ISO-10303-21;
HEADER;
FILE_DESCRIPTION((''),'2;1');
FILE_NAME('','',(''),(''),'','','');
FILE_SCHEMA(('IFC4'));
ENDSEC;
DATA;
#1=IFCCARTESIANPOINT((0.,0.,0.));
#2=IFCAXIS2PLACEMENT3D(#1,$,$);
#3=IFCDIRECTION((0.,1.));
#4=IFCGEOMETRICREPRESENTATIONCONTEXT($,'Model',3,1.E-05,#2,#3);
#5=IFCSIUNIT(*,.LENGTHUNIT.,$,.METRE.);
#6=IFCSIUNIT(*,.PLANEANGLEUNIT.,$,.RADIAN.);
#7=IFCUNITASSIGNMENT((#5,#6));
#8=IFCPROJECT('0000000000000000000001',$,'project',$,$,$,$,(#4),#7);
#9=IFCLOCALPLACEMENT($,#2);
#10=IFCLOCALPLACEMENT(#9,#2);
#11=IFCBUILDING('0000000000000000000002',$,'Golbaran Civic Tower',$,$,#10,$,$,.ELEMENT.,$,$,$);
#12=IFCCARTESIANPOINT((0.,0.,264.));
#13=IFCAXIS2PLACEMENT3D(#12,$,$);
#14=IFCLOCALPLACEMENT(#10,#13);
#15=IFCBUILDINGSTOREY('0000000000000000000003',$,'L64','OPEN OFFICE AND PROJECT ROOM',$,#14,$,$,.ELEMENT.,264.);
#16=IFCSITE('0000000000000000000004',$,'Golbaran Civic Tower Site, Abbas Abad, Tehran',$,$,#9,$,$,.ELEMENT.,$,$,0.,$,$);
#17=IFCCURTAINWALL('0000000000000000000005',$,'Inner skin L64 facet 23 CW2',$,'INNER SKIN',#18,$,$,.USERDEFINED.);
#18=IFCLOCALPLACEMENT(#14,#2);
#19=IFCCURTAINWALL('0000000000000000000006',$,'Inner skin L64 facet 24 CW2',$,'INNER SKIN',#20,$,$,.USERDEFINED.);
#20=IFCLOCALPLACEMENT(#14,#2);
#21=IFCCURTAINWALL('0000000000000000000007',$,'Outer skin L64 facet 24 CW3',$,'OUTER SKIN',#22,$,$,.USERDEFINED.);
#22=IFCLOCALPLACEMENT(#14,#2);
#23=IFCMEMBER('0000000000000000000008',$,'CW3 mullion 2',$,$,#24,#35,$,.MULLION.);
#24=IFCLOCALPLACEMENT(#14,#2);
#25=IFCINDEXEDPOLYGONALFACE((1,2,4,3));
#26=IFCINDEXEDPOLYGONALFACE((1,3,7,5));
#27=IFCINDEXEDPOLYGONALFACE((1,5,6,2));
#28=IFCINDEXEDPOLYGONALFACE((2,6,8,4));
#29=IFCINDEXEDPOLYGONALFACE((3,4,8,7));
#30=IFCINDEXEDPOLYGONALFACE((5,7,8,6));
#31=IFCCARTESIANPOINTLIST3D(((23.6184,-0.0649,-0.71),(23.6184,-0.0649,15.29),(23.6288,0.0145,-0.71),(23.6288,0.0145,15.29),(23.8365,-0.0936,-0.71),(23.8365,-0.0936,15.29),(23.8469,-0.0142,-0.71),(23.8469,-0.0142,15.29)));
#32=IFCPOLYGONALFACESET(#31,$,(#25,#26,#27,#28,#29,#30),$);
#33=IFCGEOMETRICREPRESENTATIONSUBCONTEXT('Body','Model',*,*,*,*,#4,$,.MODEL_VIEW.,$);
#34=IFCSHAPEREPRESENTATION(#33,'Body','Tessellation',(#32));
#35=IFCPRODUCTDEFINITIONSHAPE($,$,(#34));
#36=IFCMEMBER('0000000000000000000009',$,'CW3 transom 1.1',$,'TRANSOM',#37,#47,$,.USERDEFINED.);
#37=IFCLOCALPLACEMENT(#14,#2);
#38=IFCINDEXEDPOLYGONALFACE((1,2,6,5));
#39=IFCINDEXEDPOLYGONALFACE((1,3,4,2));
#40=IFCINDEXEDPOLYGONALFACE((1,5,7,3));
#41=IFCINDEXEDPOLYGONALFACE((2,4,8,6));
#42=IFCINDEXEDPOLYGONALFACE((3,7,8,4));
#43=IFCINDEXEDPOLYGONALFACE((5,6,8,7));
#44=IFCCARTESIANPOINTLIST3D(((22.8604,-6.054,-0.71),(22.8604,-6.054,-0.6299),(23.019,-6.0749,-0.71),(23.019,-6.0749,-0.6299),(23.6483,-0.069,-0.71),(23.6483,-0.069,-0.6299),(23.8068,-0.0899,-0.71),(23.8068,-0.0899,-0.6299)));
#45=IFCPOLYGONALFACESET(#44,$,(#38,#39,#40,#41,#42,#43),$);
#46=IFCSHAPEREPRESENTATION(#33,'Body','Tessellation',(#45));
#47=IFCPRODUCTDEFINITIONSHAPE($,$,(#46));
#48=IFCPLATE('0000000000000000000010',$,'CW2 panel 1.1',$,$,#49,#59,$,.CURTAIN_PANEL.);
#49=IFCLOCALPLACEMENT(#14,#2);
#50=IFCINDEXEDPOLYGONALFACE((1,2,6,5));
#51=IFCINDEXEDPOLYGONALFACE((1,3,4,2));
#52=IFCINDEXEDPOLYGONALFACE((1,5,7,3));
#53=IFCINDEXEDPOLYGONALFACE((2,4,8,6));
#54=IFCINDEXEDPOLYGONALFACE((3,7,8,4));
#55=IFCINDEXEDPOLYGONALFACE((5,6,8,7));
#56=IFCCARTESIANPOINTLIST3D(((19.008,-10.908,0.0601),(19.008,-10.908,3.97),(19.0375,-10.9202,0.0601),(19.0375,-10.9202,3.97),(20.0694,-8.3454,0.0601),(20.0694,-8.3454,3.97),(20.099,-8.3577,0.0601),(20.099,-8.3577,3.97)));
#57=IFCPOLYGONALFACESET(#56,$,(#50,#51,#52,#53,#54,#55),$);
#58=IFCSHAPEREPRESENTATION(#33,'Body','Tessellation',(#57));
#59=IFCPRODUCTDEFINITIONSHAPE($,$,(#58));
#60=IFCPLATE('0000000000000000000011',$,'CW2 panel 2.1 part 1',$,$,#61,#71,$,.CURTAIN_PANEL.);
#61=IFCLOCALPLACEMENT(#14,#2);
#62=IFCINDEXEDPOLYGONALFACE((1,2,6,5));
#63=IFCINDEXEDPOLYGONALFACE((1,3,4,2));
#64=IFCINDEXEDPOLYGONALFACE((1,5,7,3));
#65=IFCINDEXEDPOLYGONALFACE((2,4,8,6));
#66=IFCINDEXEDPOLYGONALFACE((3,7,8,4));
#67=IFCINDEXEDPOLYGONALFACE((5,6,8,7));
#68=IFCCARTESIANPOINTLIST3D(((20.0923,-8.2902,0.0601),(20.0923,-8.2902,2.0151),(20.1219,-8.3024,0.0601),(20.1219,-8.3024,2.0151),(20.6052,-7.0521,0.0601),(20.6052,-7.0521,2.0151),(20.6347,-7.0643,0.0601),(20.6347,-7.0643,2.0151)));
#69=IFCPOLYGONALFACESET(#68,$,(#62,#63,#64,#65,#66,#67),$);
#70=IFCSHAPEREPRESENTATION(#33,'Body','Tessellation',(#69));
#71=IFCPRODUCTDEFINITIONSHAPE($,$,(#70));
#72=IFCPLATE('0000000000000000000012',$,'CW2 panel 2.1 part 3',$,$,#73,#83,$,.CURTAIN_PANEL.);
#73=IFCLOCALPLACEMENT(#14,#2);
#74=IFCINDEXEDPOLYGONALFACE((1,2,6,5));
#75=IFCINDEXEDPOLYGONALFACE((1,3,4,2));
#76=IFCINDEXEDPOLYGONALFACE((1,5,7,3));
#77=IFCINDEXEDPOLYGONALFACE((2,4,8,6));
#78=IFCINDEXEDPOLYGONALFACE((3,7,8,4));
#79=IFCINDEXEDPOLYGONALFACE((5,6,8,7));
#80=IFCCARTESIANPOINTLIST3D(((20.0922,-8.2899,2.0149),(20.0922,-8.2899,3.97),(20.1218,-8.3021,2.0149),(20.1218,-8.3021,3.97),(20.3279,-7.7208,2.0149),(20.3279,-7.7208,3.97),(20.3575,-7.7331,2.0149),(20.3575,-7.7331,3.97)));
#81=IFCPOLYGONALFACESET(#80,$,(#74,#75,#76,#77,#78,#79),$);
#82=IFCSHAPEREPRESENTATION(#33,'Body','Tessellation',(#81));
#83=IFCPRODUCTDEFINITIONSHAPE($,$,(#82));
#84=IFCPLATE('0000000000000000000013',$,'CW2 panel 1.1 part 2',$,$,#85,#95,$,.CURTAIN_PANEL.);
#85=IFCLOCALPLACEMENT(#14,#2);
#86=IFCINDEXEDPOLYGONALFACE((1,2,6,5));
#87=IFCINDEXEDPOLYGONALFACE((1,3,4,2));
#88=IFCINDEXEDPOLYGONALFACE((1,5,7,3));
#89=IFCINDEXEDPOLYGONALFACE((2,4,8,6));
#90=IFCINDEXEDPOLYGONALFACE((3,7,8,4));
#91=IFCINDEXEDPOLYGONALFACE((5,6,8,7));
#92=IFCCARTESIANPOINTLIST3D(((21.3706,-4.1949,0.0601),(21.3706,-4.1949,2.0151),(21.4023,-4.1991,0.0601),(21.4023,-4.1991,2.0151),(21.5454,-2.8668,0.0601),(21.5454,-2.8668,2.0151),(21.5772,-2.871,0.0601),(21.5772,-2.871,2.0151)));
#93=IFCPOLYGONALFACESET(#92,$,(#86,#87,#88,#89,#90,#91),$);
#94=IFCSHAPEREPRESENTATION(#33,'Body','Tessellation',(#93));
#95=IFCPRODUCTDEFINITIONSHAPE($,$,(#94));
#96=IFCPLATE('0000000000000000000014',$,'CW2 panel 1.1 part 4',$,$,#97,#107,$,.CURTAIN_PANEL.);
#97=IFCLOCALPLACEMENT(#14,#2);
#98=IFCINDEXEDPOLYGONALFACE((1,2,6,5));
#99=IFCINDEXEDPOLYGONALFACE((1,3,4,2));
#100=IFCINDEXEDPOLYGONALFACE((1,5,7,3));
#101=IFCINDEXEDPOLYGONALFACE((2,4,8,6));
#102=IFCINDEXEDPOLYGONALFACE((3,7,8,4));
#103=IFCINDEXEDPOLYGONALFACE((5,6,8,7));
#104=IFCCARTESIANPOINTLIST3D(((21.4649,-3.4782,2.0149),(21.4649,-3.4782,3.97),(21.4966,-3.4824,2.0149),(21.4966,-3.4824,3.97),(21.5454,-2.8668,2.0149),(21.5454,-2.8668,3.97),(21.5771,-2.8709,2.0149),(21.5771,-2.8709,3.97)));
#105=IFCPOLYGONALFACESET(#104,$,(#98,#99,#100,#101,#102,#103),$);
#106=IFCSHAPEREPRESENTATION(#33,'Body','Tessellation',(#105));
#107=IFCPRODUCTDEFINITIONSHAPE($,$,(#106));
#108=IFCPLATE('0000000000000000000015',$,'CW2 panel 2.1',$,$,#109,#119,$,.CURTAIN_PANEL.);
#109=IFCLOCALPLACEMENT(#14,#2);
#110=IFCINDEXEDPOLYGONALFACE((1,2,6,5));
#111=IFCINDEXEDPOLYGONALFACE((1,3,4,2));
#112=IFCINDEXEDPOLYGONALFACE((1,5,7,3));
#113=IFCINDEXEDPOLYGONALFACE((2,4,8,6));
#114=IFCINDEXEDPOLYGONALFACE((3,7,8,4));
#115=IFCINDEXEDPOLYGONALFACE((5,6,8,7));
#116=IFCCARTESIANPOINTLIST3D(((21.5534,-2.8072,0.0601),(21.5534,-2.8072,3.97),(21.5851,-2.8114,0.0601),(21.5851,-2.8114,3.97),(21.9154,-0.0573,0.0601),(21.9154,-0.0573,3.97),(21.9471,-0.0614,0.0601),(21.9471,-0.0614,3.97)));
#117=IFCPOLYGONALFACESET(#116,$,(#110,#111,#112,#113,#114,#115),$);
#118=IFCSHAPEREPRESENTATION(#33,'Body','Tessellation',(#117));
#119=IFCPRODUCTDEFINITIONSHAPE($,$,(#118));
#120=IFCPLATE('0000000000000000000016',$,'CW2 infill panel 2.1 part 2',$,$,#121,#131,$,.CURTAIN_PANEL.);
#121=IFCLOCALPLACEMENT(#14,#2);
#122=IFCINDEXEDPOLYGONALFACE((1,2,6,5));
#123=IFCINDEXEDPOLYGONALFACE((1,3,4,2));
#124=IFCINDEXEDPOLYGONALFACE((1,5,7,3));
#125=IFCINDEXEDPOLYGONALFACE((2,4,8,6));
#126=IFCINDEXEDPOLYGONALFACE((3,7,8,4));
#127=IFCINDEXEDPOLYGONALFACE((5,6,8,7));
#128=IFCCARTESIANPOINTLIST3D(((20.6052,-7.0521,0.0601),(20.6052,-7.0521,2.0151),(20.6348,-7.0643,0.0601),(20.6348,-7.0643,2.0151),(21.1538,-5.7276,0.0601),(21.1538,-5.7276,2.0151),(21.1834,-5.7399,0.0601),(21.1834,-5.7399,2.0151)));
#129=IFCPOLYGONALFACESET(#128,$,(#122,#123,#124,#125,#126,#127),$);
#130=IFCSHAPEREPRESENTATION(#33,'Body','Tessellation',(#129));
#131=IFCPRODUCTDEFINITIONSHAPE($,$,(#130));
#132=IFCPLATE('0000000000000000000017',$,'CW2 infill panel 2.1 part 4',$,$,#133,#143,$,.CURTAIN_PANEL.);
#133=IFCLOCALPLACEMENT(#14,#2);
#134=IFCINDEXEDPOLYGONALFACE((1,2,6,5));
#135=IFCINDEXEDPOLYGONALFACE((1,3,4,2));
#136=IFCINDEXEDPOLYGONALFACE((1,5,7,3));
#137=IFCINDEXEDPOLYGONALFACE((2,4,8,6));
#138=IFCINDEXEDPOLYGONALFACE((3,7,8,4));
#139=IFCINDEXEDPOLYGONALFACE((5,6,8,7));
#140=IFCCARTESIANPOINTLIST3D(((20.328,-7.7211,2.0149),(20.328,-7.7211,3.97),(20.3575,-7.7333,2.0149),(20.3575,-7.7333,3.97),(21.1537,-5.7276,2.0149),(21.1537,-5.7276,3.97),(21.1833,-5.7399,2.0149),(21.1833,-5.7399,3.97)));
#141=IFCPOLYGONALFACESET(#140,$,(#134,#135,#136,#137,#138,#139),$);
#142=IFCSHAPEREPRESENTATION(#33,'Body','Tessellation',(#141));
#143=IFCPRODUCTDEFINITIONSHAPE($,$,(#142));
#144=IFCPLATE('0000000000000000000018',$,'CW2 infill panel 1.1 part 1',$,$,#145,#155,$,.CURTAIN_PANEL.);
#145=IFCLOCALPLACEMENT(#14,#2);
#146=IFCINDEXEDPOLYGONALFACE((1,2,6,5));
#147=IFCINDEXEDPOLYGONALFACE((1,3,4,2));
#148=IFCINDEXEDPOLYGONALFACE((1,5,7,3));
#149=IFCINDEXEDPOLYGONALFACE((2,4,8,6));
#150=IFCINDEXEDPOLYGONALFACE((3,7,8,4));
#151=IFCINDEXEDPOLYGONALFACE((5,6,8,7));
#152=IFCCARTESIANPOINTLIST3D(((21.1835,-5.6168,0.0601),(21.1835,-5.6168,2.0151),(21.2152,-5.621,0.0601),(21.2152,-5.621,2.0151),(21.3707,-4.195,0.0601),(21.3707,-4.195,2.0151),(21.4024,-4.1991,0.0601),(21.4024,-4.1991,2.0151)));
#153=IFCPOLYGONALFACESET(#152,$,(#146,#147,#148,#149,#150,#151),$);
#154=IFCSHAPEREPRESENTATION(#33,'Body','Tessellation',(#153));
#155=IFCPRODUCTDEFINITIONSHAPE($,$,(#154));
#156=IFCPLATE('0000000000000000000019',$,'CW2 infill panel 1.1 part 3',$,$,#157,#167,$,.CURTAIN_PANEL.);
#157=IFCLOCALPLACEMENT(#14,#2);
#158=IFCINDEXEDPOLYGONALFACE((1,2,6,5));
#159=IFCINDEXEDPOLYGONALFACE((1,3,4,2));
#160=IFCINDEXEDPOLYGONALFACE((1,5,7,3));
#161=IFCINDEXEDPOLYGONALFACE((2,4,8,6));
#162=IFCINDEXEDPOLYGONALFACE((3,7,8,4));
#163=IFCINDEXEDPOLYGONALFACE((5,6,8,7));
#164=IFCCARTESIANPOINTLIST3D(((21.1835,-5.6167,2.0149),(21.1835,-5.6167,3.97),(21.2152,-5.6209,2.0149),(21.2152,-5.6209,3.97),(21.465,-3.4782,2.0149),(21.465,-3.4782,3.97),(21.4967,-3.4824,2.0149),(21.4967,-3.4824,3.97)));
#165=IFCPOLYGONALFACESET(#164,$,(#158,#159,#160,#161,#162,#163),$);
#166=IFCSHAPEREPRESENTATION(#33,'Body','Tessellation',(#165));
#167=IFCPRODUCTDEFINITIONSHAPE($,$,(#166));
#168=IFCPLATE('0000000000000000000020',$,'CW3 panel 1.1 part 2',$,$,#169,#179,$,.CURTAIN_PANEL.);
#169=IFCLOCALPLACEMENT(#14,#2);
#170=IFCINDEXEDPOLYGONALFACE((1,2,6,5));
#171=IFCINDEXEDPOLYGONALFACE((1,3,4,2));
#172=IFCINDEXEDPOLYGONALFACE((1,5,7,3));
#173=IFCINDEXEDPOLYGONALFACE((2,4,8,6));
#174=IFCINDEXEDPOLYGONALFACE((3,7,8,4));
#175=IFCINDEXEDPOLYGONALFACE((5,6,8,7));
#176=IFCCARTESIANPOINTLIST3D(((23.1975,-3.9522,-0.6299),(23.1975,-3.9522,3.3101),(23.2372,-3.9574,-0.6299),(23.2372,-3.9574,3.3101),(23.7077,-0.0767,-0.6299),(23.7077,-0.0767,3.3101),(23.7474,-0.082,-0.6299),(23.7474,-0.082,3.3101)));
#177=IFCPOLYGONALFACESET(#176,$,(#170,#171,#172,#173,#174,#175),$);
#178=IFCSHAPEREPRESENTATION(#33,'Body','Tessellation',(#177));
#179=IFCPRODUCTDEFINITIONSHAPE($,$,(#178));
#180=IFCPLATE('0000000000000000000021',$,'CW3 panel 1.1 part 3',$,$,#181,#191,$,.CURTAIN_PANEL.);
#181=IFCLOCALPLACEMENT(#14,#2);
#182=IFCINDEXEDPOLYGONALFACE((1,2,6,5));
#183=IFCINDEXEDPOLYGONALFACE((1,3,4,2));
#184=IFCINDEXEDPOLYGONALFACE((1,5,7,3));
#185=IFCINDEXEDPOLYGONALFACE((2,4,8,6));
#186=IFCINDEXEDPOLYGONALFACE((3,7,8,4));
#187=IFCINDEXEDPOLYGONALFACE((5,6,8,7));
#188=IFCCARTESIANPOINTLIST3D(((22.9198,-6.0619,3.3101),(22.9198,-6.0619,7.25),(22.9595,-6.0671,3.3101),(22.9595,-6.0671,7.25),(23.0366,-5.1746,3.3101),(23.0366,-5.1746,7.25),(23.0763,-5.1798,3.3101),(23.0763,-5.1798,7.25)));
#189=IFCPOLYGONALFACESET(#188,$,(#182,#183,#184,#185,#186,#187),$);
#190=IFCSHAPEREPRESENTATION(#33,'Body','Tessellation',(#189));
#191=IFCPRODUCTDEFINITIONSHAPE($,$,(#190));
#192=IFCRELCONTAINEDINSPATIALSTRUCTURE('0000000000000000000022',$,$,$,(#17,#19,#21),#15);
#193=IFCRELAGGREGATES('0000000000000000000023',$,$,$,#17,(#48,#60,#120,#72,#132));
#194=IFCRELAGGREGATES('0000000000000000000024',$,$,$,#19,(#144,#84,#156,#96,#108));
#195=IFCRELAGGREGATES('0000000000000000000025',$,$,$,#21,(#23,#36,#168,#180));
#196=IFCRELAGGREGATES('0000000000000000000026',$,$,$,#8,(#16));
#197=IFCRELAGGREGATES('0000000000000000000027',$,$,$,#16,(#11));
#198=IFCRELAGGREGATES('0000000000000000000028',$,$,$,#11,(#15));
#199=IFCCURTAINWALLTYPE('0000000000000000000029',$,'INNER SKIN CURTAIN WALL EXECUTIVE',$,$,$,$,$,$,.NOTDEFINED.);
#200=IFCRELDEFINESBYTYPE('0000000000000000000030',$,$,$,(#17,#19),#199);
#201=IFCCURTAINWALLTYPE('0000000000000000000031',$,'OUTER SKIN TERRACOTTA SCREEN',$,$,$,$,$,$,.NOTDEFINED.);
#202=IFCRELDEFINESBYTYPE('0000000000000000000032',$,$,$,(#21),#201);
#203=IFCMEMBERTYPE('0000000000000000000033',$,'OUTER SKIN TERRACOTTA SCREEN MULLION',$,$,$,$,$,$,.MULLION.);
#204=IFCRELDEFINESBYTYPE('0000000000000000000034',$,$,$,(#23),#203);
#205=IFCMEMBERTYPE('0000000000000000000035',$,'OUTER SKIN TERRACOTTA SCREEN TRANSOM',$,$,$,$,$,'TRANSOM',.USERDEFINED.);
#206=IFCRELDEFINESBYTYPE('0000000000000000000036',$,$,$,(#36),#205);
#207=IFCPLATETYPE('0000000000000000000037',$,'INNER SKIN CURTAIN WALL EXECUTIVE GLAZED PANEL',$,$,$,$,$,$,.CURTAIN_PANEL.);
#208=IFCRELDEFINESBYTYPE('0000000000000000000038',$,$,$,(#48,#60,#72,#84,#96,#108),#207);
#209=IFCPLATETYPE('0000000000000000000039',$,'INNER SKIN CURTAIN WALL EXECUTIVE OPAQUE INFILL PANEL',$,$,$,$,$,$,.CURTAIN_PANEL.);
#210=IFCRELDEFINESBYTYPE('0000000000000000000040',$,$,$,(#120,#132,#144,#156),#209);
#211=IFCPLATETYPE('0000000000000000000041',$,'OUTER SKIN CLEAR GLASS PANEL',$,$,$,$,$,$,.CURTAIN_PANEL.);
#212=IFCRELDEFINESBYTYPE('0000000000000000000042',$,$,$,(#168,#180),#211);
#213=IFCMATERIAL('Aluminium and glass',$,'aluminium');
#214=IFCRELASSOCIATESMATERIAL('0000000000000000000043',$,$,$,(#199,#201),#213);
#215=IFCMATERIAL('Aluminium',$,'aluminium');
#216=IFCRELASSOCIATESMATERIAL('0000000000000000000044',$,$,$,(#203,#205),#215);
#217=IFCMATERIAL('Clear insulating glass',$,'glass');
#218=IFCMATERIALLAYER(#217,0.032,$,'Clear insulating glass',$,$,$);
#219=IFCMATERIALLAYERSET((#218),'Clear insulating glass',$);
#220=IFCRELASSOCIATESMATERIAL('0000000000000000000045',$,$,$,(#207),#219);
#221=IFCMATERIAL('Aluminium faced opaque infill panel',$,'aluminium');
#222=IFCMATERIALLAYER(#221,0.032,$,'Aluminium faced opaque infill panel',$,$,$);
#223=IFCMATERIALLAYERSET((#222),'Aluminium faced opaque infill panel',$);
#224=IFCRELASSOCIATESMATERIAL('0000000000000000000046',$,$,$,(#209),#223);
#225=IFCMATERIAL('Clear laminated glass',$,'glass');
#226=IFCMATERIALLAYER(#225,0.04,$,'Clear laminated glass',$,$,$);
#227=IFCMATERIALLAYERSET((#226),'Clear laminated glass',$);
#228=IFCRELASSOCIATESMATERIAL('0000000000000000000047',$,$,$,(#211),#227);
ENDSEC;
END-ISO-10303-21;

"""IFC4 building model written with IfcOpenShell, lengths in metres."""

from ifc_helpers import new_model, si_unit, direction, frame, origin, origin_2d, place, context, subcontext, project, spatial, rectangle, extrude, material, layer, layer_set, material_profile, profile_set, type_object, element, aggregate, save


model = new_model("IFC4")

# Units and contexts
model_context = context("Model", 3, precision=1e-05, world=origin(), true_north=direction((0.0, 1.0)))
body_context = subcontext(model_context, "Body", "Model", "MODEL_VIEW")
ifc_project = project(units=[si_unit("LENGTHUNIT", "METRE"), si_unit("PLANEANGLEUNIT", "RADIAN")], contexts=[model_context])

# Site, building, storey
site_placement = place(None, origin())
site = spatial("IfcSite", under=ifc_project, at=site_placement, Name="Golbaran Civic Tower Site, Abbas Abad, Tehran", CompositionType="ELEMENT", RefElevation=0.0)
building_placement = place(site_placement, origin())
building = spatial("IfcBuilding", under=site, at=building_placement, Name="Golbaran Civic Tower", CompositionType="ELEMENT")
storey_placement = place(building_placement, frame((0.0, 0.0, 264.0)))
storey = spatial("IfcBuildingStorey", under=building, at=storey_placement, Name="L64", Description="OPEN OFFICE AND PROJECT ROOM", CompositionType="ELEMENT", Elevation=264.0)

# Curtain walls
ifc_material_1 = material(Name="Aluminium and glass", Category="aluminium")
curtain_wall_type_1 = type_object("IfcCurtainWallType", Name="INNER SKIN CURTAIN WALL EXECUTIVE", PredefinedType="NOTDEFINED", material=ifc_material_1)
curtain_wall_1_placement = place(storey_placement, origin())
curtain_wall_1 = element("IfcCurtainWall", 1, at=curtain_wall_1_placement, inside=storey, type_object=curtain_wall_type_1, Name="Inner skin L64 facet 23 CW2", ObjectType="INNER SKIN", PredefinedType="USERDEFINED")
ifc_material_2 = material(Name="Aluminium", Category="aluminium")
curtain_wall_2_placement = place(storey_placement, origin())
curtain_wall_2 = element("IfcCurtainWall", 2, at=curtain_wall_2_placement, inside=storey, type_object=curtain_wall_type_1, Name="Inner skin L64 facet 24 CW2", ObjectType="INNER SKIN", PredefinedType="USERDEFINED")

# Shared definitions
curtain_wall_type_2 = type_object("IfcCurtainWallType", Name="OUTER SKIN TERRACOTTA SCREEN", PredefinedType="NOTDEFINED", material=ifc_material_1)
ifc_material_profile_1 = material_profile(ifc_material_2, rectangle(XDim=0.22, YDim=0.0801, at=origin_2d()), Name="OUTER SKIN TERRACOTTA SCREEN MULLION")
ifc_profile_set_1 = profile_set([ifc_material_profile_1], Name="Aluminium")
member_type_1 = type_object("IfcMemberType", Name="OUTER SKIN TERRACOTTA SCREEN MULLION", PredefinedType="MULLION", material=ifc_profile_set_1)

# Curtain wall, members
curtain_wall_3_placement = place(storey_placement, origin())
curtain_wall_3 = element("IfcCurtainWall", 3, at=curtain_wall_3_placement, inside=storey, type_object=curtain_wall_type_2, Name="Outer skin L64 facet 24 CW3", ObjectType="OUTER SKIN", PredefinedType="USERDEFINED")
member_1_placement = place(storey_placement, frame((23.7327, -0.0396, -0.71), z_axis=(0.0, 0.0, 1.0), x_axis=(-0.991445, 0.130526, 0.0)))
member_1 = element("IfcMember", 4, at=member_1_placement, type_object=member_type_1, Name="CW3 mullion 2", PredefinedType="MULLION", context=body_context, shape_type="SweptSolid", body=[
    extrude(rectangle(XDim=0.22, YDim=0.0801, at=origin_2d()), origin(), (0.0, 0.0, 1.0), 16.0),
])
ifc_material_profile_2 = material_profile(ifc_material_2, rectangle(XDim=0.1599, YDim=0.0801, at=origin_2d()), Name="OUTER SKIN TERRACOTTA SCREEN TRANSOM")
ifc_profile_set_2 = profile_set([ifc_material_profile_2], Name="Aluminium")
member_type_2 = type_object("IfcMemberType", Name="OUTER SKIN TERRACOTTA SCREEN TRANSOM", ElementType="TRANSOM", PredefinedType="USERDEFINED", material=ifc_profile_set_2)
member_2_placement = place(storey_placement, frame((22.9397, -6.0645, -0.6699), z_axis=(0.130508, 0.991447, 0.0), x_axis=(-0.991447, 0.130508, 0.0)))
member_2 = element("IfcMember", 5, at=member_2_placement, type_object=member_type_2, Name="CW3 transom 1.1", ObjectType="TRANSOM", PredefinedType="USERDEFINED", context=body_context, shape_type="SweptSolid", body=[
    extrude(rectangle(XDim=0.1599, YDim=0.0801, at=origin_2d()), origin(), (0.0, 0.0, 1.0), 6.0366),
])

# Plates
ifc_material_3 = material(Name="Clear insulating glass", Category="glass")
ifc_layer_1 = layer(ifc_material_3, 0.032, Name="Clear insulating glass")
ifc_layer_set_1 = layer_set([ifc_layer_1], Name="Clear insulating glass")
plate_type_1 = type_object("IfcPlateType", Name="INNER SKIN CURTAIN WALL EXECUTIVE GLAZED PANEL", PredefinedType="CURTAIN_PANEL", material=ifc_layer_set_1)
plate_1_placement = place(storey_placement, frame((19.5535, -9.6328, 0.0601), z_axis=(0.0, 0.0, 1.0), x_axis=(0.382683, 0.92388, 0.0)))
plate_1 = element("IfcPlate", 6, at=plate_1_placement, type_object=plate_type_1, Name="CW2 panel 1.1", PredefinedType="CURTAIN_PANEL", context=body_context, shape_type="SweptSolid", body=[
    extrude(rectangle(XDim=2.7737, YDim=0.032, at=origin_2d()), origin(), (0.0, 0.0, 1.0), 3.9099),
])
plate_2_placement = place(storey_placement, frame((20.3635, -7.6772, 0.0601), z_axis=(0.0, 0.0, 1.0), x_axis=(0.382683, 0.92388, 0.0)))
plate_2 = element("IfcPlate", 7, at=plate_2_placement, type_object=plate_type_1, Name="CW2 panel 2.1 part 1", PredefinedType="CURTAIN_PANEL", context=body_context, shape_type="SweptSolid", body=[
    extrude(rectangle(XDim=1.3401, YDim=0.032, at=origin_2d()), origin(), (0.0, 0.0, 1.0), 1.9551),
])
plate_3_placement = place(storey_placement, frame((20.2249, -8.0115, 2.0149), z_axis=(0.0, 0.0, 1.0), x_axis=(0.382683, 0.92388, 0.0)))
plate_3 = element("IfcPlate", 8, at=plate_3_placement, type_object=plate_type_1, Name="CW2 panel 2.1 part 3", PredefinedType="CURTAIN_PANEL", context=body_context, shape_type="SweptSolid", body=[
    extrude(rectangle(XDim=0.616, YDim=0.032, at=origin_2d()), origin(), (0.0, 0.0, 1.0), 1.9551),
])
plate_4_placement = place(storey_placement, frame((21.4739, -3.533, 0.0601), z_axis=(0.0, 0.0, 1.0), x_axis=(0.130526, 0.991445, 0.0)))
plate_4 = element("IfcPlate", 9, at=plate_4_placement, type_object=plate_type_1, Name="CW2 panel 1.1 part 2", PredefinedType="CURTAIN_PANEL", context=body_context, shape_type="SweptSolid", body=[
    extrude(rectangle(XDim=1.3396, YDim=0.032, at=origin_2d()), origin(), (0.0, 0.0, 1.0), 1.9551),
])
plate_5_placement = place(storey_placement, frame((21.521, -3.1746, 2.0149), z_axis=(0.0, 0.0, 1.0), x_axis=(0.130526, 0.991445, 0.0)))
plate_5 = element("IfcPlate", 10, at=plate_5_placement, type_object=plate_type_1, Name="CW2 panel 1.1 part 4", PredefinedType="CURTAIN_PANEL", context=body_context, shape_type="SweptSolid", body=[
    extrude(rectangle(XDim=0.6167, YDim=0.032, at=origin_2d()), origin(), (0.0, 0.0, 1.0), 1.9551),
])
plate_6_placement = place(storey_placement, frame((21.7502, -1.4343, 0.0601), z_axis=(0.0, 0.0, 1.0), x_axis=(0.130526, 0.991445, 0.0)))
plate_6 = element("IfcPlate", 11, at=plate_6_placement, type_object=plate_type_1, Name="CW2 panel 2.1", PredefinedType="CURTAIN_PANEL", context=body_context, shape_type="SweptSolid", body=[
    extrude(rectangle(XDim=2.7737, YDim=0.032, at=origin_2d()), origin(), (0.0, 0.0, 1.0), 3.9099),
])
ifc_material_4 = material(Name="Aluminium faced opaque infill panel", Category="aluminium")
ifc_layer_2 = layer(ifc_material_4, 0.032, Name="Aluminium faced opaque infill panel")
ifc_layer_set_2 = layer_set([ifc_layer_2], Name="Aluminium faced opaque infill panel")
plate_type_2 = type_object("IfcPlateType", Name="INNER SKIN CURTAIN WALL EXECUTIVE OPAQUE INFILL PANEL", PredefinedType="CURTAIN_PANEL", material=ifc_layer_set_2)
plate_7_placement = place(storey_placement, frame((20.8943, -6.396, 0.0601), z_axis=(0.0, 0.0, 1.0), x_axis=(0.382683, 0.92388, 0.0)))
plate_7 = element("IfcPlate", 12, at=plate_7_placement, type_object=plate_type_2, Name="CW2 infill panel 2.1 part 2", PredefinedType="CURTAIN_PANEL", context=body_context, shape_type="SweptSolid", body=[
    extrude(rectangle(XDim=1.4336, YDim=0.032, at=origin_2d()), origin(), (0.0, 0.0, 1.0), 1.9551),
])
plate_8_placement = place(storey_placement, frame((20.7556, -6.7305, 2.0149), z_axis=(0.0, 0.0, 1.0), x_axis=(0.382683, 0.92388, 0.0)))
plate_8 = element("IfcPlate", 13, at=plate_8_placement, type_object=plate_type_2, Name="CW2 infill panel 2.1 part 4", PredefinedType="CURTAIN_PANEL", context=body_context, shape_type="SweptSolid", body=[
    extrude(rectangle(XDim=2.1577, YDim=0.032, at=origin_2d()), origin(), (0.0, 0.0, 1.0), 1.9551),
])
aggregate(curtain_wall_1, [plate_1, plate_2, plate_7, plate_3, plate_8])
plate_9_placement = place(storey_placement, frame((21.293, -4.908, 0.0601), z_axis=(0.0, 0.0, 1.0), x_axis=(0.130526, 0.991445, 0.0)))
plate_9 = element("IfcPlate", 14, at=plate_9_placement, type_object=plate_type_2, Name="CW2 infill panel 1.1 part 1", PredefinedType="CURTAIN_PANEL", context=body_context, shape_type="SweptSolid", body=[
    extrude(rectangle(XDim=1.4341, YDim=0.032, at=origin_2d()), origin(), (0.0, 0.0, 1.0), 1.9551),
])
plate_10_placement = place(storey_placement, frame((21.3401, -4.5496, 2.0149), z_axis=(0.0, 0.0, 1.0), x_axis=(0.130526, 0.991445, 0.0)))
plate_10 = element("IfcPlate", 15, at=plate_10_placement, type_object=plate_type_2, Name="CW2 infill panel 1.1 part 3", PredefinedType="CURTAIN_PANEL", context=body_context, shape_type="SweptSolid", body=[
    extrude(rectangle(XDim=2.157, YDim=0.032, at=origin_2d()), origin(), (0.0, 0.0, 1.0), 1.9551),
])
aggregate(curtain_wall_2, [plate_9, plate_4, plate_10, plate_5, plate_6])
ifc_material_5 = material(Name="Clear laminated glass", Category="glass")
ifc_layer_3 = layer(ifc_material_5, 0.04, Name="Clear laminated glass")
ifc_layer_set_3 = layer_set([ifc_layer_3], Name="Clear laminated glass")
plate_type_3 = type_object("IfcPlateType", Name="OUTER SKIN CLEAR GLASS PANEL", PredefinedType="CURTAIN_PANEL", material=ifc_layer_set_3)
plate_11_placement = place(storey_placement, frame((23.4724, -2.0171, -0.6299), z_axis=(0.0, 0.0, 1.0), x_axis=(0.130526, 0.991445, 0.0)))
plate_11 = element("IfcPlate", 16, at=plate_11_placement, type_object=plate_type_3, Name="CW3 panel 1.1 part 2", PredefinedType="CURTAIN_PANEL", context=body_context, shape_type="SweptSolid", body=[
    extrude(rectangle(XDim=3.9089, YDim=0.04, at=origin_2d()), origin(), (0.0, 0.0, 1.0), 3.9399),
])
plate_12_placement = place(storey_placement, frame((22.998, -5.6208, 3.3101), z_axis=(0.0, 0.0, 1.0), x_axis=(0.130526, 0.991445, 0.0)))
plate_12 = element("IfcPlate", 17, at=plate_12_placement, type_object=plate_type_3, Name="CW3 panel 1.1 part 3", PredefinedType="CURTAIN_PANEL", context=body_context, shape_type="SweptSolid", body=[
    extrude(rectangle(XDim=0.895, YDim=0.04, at=origin_2d()), origin(), (0.0, 0.0, 1.0), 3.9399),
])
aggregate(curtain_wall_3, [member_1, member_2, plate_11, plate_12])

save(model, "model.ifc")
